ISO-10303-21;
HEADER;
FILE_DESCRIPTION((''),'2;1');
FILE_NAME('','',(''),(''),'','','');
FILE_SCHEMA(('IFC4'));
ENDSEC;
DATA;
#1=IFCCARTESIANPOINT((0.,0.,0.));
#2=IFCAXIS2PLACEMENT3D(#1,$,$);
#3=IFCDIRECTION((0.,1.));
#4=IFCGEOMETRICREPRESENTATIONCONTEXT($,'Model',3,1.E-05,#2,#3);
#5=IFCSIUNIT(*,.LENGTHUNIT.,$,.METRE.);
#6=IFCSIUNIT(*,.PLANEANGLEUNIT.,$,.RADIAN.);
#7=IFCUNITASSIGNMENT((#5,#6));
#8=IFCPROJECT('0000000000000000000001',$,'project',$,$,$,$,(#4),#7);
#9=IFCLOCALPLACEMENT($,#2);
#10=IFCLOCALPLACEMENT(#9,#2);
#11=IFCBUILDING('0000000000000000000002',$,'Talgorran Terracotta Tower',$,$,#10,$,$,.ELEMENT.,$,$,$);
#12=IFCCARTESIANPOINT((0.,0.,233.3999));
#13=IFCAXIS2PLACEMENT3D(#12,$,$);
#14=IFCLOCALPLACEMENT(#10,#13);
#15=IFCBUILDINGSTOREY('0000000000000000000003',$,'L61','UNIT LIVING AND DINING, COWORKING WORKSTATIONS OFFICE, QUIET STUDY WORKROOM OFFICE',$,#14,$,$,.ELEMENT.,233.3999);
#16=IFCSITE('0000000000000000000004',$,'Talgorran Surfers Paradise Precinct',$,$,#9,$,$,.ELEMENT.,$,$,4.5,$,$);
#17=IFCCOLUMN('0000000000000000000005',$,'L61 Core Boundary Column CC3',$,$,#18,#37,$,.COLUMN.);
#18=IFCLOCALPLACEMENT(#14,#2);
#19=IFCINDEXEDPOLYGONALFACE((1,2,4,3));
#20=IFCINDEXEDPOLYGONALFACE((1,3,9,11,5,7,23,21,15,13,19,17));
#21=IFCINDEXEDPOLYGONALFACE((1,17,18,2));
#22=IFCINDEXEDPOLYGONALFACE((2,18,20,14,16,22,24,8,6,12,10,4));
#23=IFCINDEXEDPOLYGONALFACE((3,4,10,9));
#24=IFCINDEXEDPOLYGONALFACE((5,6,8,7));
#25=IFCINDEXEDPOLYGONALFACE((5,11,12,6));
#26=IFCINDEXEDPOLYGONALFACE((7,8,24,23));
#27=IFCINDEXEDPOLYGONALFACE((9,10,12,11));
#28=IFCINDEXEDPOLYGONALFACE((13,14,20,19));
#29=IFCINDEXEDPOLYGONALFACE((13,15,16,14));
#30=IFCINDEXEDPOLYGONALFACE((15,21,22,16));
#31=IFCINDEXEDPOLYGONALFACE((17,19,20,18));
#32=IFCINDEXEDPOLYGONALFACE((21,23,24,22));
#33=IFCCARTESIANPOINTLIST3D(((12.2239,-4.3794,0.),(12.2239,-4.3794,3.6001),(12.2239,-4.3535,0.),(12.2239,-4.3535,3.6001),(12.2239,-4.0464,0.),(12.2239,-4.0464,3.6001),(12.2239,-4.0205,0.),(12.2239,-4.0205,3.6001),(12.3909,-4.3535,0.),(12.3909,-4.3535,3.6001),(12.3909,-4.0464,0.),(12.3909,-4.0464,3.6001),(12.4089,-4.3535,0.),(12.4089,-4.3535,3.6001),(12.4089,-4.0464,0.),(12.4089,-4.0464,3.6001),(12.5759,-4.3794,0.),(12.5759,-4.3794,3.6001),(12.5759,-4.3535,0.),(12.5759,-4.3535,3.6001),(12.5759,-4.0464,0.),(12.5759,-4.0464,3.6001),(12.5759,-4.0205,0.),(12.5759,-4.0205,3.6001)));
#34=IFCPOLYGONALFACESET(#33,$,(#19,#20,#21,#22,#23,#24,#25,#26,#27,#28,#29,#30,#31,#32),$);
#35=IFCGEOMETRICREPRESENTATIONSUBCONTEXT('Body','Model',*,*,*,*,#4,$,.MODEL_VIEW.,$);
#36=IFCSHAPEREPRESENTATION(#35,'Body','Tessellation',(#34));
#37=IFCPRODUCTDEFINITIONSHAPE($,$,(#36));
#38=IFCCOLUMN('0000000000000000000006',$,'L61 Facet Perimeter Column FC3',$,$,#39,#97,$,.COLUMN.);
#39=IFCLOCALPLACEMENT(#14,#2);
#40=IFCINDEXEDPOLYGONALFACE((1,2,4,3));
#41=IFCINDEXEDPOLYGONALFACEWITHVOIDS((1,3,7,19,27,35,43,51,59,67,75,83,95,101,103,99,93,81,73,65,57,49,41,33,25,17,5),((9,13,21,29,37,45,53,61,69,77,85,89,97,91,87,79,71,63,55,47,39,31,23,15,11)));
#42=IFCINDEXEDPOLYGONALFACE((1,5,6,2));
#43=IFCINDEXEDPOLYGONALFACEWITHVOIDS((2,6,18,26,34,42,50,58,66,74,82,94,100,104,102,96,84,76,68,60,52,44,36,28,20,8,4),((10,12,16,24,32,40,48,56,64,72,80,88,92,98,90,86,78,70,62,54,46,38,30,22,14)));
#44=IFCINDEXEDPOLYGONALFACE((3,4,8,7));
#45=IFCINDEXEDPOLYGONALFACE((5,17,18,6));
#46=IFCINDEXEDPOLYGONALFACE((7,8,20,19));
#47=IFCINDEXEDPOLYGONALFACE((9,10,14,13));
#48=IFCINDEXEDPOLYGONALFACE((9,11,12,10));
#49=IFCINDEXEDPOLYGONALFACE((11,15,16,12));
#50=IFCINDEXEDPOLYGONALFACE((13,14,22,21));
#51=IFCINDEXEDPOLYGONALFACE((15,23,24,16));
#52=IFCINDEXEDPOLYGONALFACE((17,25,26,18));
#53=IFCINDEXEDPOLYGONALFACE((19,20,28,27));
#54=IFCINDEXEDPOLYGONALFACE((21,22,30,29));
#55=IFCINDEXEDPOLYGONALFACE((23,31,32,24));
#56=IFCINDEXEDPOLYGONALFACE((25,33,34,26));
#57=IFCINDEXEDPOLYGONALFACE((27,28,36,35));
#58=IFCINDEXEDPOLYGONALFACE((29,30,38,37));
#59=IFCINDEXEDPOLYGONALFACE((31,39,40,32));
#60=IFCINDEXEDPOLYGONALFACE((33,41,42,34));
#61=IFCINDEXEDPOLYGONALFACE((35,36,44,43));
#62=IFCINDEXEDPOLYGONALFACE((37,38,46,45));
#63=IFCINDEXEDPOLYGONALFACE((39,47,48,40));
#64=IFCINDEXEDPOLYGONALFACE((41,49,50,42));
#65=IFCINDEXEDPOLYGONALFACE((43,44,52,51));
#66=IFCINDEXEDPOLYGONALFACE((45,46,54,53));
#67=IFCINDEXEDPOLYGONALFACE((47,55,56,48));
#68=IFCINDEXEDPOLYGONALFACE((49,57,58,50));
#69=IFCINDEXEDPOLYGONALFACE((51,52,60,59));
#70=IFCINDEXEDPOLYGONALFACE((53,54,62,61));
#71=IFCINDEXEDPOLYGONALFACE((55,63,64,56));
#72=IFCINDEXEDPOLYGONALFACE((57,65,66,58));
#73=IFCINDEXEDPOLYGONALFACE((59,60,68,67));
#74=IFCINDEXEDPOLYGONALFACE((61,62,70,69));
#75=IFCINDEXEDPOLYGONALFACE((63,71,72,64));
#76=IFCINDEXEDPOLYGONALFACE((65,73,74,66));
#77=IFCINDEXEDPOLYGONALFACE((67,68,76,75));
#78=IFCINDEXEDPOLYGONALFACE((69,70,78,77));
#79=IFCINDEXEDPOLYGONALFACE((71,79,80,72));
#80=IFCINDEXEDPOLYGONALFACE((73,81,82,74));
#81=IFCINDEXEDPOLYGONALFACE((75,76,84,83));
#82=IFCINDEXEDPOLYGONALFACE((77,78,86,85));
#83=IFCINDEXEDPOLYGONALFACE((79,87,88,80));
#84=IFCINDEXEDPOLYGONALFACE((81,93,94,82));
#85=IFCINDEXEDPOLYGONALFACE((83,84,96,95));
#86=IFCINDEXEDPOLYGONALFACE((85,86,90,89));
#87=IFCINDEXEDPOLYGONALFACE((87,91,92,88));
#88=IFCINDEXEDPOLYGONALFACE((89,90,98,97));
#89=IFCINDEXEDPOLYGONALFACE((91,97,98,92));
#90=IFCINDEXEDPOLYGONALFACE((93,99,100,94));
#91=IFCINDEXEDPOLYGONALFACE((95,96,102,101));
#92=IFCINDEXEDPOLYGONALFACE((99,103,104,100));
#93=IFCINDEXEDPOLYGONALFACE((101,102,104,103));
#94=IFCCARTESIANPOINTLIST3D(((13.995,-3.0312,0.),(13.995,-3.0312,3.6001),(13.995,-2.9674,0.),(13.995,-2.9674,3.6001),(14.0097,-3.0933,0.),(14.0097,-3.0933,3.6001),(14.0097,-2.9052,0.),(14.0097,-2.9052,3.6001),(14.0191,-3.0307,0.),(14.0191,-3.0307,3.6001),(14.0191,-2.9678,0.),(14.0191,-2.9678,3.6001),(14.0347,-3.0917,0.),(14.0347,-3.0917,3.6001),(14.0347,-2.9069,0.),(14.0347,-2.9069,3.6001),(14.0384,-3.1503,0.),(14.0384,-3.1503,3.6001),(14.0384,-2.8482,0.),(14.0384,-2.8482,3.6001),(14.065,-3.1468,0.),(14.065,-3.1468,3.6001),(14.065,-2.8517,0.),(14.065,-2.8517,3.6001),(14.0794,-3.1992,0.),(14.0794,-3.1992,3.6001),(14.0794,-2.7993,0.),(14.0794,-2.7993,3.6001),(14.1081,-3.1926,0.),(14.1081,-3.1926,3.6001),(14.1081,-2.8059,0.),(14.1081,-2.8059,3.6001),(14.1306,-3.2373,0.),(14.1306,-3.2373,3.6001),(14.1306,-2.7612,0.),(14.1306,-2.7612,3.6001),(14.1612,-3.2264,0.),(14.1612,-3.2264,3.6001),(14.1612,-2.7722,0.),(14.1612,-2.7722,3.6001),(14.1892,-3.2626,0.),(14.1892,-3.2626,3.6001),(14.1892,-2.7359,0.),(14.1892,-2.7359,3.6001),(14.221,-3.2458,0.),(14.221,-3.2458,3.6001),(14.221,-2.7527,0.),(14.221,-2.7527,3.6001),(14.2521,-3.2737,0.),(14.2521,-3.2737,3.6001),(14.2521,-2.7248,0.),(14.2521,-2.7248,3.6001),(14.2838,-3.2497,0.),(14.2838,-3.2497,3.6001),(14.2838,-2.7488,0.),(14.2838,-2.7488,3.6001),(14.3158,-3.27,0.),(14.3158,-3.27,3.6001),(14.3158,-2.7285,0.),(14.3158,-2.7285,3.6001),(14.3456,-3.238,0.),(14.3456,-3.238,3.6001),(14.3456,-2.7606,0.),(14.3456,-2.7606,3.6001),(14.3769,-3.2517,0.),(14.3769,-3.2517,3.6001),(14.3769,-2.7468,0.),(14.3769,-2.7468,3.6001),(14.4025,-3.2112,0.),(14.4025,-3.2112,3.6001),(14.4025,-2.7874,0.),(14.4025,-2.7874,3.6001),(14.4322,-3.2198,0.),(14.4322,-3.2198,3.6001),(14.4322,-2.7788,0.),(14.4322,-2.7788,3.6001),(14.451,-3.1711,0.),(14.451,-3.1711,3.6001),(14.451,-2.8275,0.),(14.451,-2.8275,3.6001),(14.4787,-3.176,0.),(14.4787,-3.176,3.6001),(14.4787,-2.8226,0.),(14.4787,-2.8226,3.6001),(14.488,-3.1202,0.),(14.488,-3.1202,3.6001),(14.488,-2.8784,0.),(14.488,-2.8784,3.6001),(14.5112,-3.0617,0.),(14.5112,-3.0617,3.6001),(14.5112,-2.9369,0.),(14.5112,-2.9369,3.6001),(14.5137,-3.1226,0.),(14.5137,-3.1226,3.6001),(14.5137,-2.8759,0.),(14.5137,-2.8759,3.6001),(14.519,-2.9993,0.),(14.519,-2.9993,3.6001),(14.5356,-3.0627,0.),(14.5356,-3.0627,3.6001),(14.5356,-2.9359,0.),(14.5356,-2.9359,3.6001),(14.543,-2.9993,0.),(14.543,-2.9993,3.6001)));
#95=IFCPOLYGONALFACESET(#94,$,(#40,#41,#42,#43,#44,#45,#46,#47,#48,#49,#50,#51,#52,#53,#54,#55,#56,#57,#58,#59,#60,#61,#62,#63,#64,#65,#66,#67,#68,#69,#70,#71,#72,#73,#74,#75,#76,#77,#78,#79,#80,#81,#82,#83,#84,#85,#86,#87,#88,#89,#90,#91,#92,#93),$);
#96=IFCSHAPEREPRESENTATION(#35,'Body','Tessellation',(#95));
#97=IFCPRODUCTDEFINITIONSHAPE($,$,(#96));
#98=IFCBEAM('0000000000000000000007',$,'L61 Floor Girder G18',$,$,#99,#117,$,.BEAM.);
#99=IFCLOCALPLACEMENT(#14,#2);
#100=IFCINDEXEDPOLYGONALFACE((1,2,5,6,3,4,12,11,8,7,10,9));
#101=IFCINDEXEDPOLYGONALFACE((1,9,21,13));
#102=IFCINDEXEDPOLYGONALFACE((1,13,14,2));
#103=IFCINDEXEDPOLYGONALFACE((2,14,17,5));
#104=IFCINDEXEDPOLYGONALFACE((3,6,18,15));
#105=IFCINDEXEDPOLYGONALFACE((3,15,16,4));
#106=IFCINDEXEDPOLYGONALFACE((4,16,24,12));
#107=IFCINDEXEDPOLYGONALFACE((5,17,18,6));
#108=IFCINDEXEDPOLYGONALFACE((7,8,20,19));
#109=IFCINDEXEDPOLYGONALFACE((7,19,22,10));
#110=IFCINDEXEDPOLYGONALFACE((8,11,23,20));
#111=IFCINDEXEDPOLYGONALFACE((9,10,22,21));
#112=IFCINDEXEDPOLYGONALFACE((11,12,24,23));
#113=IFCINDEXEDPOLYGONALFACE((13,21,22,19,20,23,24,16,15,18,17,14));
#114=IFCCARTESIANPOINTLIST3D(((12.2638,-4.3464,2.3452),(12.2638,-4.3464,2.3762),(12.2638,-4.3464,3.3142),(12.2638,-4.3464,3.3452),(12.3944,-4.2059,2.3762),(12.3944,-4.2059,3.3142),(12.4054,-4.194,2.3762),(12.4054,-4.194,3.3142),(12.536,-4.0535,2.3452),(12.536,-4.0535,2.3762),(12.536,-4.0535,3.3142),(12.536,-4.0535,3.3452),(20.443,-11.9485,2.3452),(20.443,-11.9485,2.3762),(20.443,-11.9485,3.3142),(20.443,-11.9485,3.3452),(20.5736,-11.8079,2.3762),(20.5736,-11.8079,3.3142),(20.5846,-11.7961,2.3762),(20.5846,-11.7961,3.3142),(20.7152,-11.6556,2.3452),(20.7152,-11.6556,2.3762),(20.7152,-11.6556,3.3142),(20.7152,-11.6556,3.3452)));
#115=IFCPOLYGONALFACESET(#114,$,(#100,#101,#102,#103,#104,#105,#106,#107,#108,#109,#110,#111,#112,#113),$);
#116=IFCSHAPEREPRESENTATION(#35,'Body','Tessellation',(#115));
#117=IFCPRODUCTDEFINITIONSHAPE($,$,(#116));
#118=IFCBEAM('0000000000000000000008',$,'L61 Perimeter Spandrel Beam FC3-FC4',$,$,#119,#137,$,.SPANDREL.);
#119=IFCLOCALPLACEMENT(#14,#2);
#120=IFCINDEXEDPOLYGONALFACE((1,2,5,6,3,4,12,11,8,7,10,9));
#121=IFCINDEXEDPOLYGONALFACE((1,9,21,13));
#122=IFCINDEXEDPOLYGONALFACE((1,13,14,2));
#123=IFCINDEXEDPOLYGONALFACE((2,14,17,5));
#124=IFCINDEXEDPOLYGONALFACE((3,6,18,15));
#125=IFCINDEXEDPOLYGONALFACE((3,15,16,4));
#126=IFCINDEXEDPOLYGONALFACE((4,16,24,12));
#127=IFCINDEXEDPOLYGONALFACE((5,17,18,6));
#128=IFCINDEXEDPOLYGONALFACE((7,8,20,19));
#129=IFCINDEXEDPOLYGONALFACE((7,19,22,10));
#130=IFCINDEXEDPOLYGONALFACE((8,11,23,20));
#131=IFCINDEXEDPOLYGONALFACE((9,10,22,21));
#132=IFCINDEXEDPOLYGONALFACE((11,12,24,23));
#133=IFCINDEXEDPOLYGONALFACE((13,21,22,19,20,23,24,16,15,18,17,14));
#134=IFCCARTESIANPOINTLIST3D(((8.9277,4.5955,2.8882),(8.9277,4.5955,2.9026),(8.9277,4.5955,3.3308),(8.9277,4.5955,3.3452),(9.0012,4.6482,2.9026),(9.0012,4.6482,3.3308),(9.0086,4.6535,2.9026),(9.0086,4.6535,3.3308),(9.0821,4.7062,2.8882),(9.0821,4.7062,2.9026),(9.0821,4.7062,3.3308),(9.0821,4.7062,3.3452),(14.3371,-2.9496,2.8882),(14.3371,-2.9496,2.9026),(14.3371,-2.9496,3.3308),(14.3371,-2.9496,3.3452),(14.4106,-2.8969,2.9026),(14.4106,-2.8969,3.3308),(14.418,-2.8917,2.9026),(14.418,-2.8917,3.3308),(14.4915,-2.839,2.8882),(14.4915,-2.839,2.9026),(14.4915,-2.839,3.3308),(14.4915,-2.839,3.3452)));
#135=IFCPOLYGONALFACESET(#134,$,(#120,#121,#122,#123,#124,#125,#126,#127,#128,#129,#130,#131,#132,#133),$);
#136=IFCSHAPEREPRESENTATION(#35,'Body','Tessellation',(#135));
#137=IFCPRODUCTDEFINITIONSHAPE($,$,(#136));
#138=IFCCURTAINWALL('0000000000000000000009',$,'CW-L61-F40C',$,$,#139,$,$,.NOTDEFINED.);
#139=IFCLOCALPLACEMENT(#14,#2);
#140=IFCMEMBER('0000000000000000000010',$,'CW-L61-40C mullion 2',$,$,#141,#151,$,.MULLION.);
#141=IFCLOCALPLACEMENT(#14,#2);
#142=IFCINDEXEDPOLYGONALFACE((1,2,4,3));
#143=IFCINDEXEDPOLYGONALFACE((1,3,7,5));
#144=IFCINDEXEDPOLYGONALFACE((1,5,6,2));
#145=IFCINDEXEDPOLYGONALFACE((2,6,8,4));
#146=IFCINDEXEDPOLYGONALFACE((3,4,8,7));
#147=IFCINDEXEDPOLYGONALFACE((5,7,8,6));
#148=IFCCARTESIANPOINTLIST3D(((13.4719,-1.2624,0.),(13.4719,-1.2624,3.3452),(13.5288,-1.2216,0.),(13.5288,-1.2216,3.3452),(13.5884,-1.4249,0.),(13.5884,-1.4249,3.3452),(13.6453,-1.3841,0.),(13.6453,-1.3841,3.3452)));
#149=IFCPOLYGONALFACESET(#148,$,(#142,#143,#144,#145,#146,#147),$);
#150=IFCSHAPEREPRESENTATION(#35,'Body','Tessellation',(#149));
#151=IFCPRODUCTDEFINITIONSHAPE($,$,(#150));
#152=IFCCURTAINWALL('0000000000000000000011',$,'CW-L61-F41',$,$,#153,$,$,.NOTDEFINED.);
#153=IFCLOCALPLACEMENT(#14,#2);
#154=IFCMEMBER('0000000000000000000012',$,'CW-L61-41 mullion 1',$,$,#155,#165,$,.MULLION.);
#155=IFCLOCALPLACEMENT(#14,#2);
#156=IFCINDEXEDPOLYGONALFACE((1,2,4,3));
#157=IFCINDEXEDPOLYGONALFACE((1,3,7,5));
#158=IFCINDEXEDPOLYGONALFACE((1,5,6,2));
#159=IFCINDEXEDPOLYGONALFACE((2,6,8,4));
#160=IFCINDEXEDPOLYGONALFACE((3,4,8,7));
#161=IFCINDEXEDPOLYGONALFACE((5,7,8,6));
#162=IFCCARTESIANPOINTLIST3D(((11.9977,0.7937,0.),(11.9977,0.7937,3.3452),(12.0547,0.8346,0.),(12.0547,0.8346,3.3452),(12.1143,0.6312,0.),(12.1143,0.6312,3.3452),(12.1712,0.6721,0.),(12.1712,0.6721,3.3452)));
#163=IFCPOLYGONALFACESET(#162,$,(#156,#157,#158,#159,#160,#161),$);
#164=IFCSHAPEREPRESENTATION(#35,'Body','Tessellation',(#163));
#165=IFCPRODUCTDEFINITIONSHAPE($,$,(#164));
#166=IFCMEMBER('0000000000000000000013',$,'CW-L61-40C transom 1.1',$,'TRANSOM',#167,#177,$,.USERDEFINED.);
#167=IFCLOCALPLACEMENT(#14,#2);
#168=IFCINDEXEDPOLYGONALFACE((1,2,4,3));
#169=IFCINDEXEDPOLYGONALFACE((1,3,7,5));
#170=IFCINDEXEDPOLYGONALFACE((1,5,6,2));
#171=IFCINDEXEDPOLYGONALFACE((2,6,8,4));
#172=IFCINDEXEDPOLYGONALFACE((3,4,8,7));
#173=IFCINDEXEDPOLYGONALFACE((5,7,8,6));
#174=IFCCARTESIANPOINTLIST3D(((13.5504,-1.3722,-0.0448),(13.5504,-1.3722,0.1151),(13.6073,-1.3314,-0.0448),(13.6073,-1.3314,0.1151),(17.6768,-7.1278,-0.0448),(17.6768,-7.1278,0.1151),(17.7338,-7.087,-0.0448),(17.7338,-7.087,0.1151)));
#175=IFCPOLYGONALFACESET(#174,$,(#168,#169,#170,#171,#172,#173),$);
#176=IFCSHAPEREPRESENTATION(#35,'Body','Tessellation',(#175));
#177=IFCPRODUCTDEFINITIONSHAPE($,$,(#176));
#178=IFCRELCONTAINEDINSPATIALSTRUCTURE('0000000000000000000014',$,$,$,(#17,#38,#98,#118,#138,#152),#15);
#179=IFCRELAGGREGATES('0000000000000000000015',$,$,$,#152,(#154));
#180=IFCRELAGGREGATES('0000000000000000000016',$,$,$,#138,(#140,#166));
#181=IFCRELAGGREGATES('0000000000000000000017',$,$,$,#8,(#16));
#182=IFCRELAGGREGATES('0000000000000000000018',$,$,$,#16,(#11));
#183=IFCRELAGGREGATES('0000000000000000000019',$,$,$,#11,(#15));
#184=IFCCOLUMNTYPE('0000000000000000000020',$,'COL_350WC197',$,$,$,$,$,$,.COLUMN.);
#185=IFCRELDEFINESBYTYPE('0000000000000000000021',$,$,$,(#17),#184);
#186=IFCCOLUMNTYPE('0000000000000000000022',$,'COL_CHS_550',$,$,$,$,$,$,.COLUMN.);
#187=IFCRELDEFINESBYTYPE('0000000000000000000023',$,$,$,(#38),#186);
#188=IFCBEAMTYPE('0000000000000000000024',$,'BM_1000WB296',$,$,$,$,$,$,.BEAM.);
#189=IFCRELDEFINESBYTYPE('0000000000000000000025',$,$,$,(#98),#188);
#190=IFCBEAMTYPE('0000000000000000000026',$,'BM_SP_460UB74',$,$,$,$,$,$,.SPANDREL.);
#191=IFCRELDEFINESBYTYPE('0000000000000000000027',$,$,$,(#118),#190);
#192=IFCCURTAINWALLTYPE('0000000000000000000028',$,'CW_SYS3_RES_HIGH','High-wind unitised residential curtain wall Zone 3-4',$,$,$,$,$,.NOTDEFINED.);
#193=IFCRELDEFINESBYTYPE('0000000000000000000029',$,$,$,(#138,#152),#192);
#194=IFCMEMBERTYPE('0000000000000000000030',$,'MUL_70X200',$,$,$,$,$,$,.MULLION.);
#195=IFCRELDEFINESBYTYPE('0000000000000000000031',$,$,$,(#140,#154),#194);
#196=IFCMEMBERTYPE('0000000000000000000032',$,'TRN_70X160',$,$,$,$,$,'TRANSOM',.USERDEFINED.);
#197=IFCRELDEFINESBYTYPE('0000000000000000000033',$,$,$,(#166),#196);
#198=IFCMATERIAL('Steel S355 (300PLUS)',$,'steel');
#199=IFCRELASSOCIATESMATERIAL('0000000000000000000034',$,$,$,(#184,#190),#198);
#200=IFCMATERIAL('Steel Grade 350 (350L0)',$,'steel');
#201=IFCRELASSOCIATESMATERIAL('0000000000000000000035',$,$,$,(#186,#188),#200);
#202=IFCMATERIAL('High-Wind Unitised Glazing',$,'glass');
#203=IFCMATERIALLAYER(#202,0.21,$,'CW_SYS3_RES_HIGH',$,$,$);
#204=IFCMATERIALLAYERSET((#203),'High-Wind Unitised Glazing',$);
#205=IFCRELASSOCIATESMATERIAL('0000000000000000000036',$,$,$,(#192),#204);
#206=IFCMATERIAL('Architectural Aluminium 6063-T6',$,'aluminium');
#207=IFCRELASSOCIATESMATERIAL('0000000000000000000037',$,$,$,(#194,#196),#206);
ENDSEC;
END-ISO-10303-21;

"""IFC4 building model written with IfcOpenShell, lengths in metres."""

from ifc_helpers import new_model, si_unit, direction, frame, origin, origin_2d, place, context, subcontext, project, spatial, rectangle, hollow_circle, i_section, extrude, material, layer, layer_set, material_profile, profile_set, type_object, element, aggregate, save


model = new_model("IFC4")

# Units and contexts
model_context = context("Model", 3, precision=1e-05, world=origin(), true_north=direction((0.0, 1.0)))
body_context = subcontext(model_context, "Body", "Model", "MODEL_VIEW")
ifc_project = project(units=[si_unit("LENGTHUNIT", "METRE"), si_unit("PLANEANGLEUNIT", "RADIAN")], contexts=[model_context])

# Site, building, storey
site_placement = place(None, origin())
site = spatial("IfcSite", under=ifc_project, at=site_placement, Name="Talgorran Surfers Paradise Precinct", CompositionType="ELEMENT", RefElevation=4.5)
building_placement = place(site_placement, origin())
building = spatial("IfcBuilding", under=site, at=building_placement, Name="Talgorran Terracotta Tower", CompositionType="ELEMENT")
storey_placement = place(building_placement, frame((0.0, 0.0, 233.3999)))
storey = spatial("IfcBuildingStorey", under=building, at=storey_placement, Name="L61", Description="UNIT LIVING AND DINING, COWORKING WORKSTATIONS OFFICE, QUIET STUDY WORKROOM OFFICE", CompositionType="ELEMENT", Elevation=233.3999)

# Columns
ifc_material_1 = material(Name="Steel S355 (300PLUS)", Category="steel")
ifc_material_profile_1 = material_profile(ifc_material_1, i_section(OverallWidth=0.3521, OverallDepth=0.3589, WebThickness=0.0181, FlangeThickness=0.0259, at=origin_2d()), Name="350WC197")
ifc_profile_set_1 = profile_set([ifc_material_profile_1], Name="Steel S355 (300PLUS)")
column_type_1 = type_object("IfcColumnType", Name="COL_350WC197", PredefinedType="COLUMN", material=ifc_profile_set_1)
column_1_placement = place(storey_placement, frame((12.3999, -4.2, 0.0), z_axis=(0.0, 0.0, 1.0), x_axis=(1.0, 0.0, 0.0)))
element("IfcColumn", 1, at=column_1_placement, inside=storey, type_object=column_type_1, Name="L61 Core Boundary Column CC3", PredefinedType="COLUMN", context=body_context, shape_type="SweptSolid", body=[
    extrude(i_section(OverallWidth=0.3521, OverallDepth=0.3589, WebThickness=0.0181, FlangeThickness=0.0259, at=origin_2d()), origin(), (0.0, 0.0, 1.0), 3.6001),
])
ifc_material_2 = material(Name="Steel Grade 350 (350L0)", Category="steel")
ifc_material_profile_2 = material_profile(ifc_material_2, hollow_circle(Radius=0.2749, WallThickness=0.0239, at=origin_2d()), Name="CHS550X24")
ifc_profile_set_2 = profile_set([ifc_material_profile_2], Name="Steel Grade 350 (350L0)")
column_type_2 = type_object("IfcColumnType", Name="COL_CHS_550", PredefinedType="COLUMN", material=ifc_profile_set_2)
column_2_placement = place(storey_placement, frame((14.2681, -2.9993, 0.0), z_axis=(0.0, 0.0, 1.0), x_axis=(1.0, 0.0, 0.0)))
element("IfcColumn", 2, at=column_2_placement, inside=storey, type_object=column_type_2, Name="L61 Facet Perimeter Column FC3", PredefinedType="COLUMN", context=body_context, shape_type="SweptSolid", body=[
    extrude(hollow_circle(Radius=0.2749, WallThickness=0.0239, at=origin_2d()), origin(), (0.0, 0.0, 1.0), 3.6001),
])

# Beams
ifc_material_profile_3 = material_profile(ifc_material_2, i_section(OverallWidth=0.3999, OverallDepth=1.0, WebThickness=0.0161, FlangeThickness=0.031, at=origin_2d()), Name="1000WB296")
ifc_profile_set_3 = profile_set([ifc_material_profile_3], Name="Steel Grade 350 (350L0)")
beam_type_1 = type_object("IfcBeamType", Name="BM_1000WB296", PredefinedType="BEAM", material=ifc_profile_set_3)
beam_1_placement = place(storey_placement, frame((12.3999, -4.2, 2.8452), z_axis=(0.732477, -0.680792, 0.0), x_axis=(0.680792, 0.732477, 0.0)))
element("IfcBeam", 3, at=beam_1_placement, inside=storey, type_object=beam_type_1, Name="L61 Floor Girder G18", PredefinedType="BEAM", context=body_context, shape_type="SweptSolid", body=[
    extrude(i_section(OverallWidth=0.3999, OverallDepth=1.0, WebThickness=0.0161, FlangeThickness=0.031, at=origin_2d()), origin(), (0.0, 0.0, 1.0), 11.1665),
])
ifc_material_profile_4 = material_profile(ifc_material_1, i_section(OverallWidth=0.1899, OverallDepth=0.457, WebThickness=0.009, FlangeThickness=0.0144, at=origin_2d()), Name="460UB74.6")
ifc_profile_set_4 = profile_set([ifc_material_profile_4], Name="Steel S355 (300PLUS)")
beam_type_2 = type_object("IfcBeamType", Name="BM_SP_460UB74", PredefinedType="SPANDREL", material=ifc_profile_set_4)
beam_2_placement = place(storey_placement, frame((14.4143, -2.8943, 3.1167), z_axis=(-0.582665, 0.812712, 0.0), x_axis=(-0.812712, -0.582665, 0.0)))
element("IfcBeam", 4, at=beam_2_placement, inside=storey, type_object=beam_type_2, Name="L61 Perimeter Spandrel Beam FC3-FC4", PredefinedType="SPANDREL", context=body_context, shape_type="SweptSolid", body=[
    extrude(i_section(OverallWidth=0.1899, OverallDepth=0.457, WebThickness=0.009, FlangeThickness=0.0144, at=origin_2d()), origin(), (0.0, 0.0, 1.0), 9.2839),
])

# Curtain walls, members
ifc_material_3 = material(Name="High-Wind Unitised Glazing", Category="glass")
ifc_layer_1 = layer(ifc_material_3, 0.21, Name="CW_SYS3_RES_HIGH")
ifc_layer_set_1 = layer_set([ifc_layer_1], Name="High-Wind Unitised Glazing")
curtain_wall_type = type_object("IfcCurtainWallType", Name="CW_SYS3_RES_HIGH", Description="High-wind unitised residential curtain wall Zone 3-4", PredefinedType="NOTDEFINED", material=ifc_layer_set_1)
curtain_wall_1_placement = place(storey_placement, origin())
curtain_wall_1 = element("IfcCurtainWall", 5, at=curtain_wall_1_placement, inside=storey, type_object=curtain_wall_type, Name="CW-L61-F40C", PredefinedType="NOTDEFINED")
ifc_material_4 = material(Name="Architectural Aluminium 6063-T6", Category="aluminium")
ifc_material_profile_5 = material_profile(ifc_material_4, rectangle(XDim=0.0701, YDim=0.2, at=origin_2d()), Name="CWM70X200")
ifc_profile_set_5 = profile_set([ifc_material_profile_5], Name="Architectural Aluminium 6063-T6")
member_type_1 = type_object("IfcMemberType", Name="MUL_70X200", PredefinedType="MULLION", material=ifc_profile_set_5)
member_1_placement = place(storey_placement, frame((13.5586, -1.3232, 0.0), z_axis=(0.0, 0.0, 1.0), x_axis=(-0.812712, -0.582665, 0.0)))
member_1 = element("IfcMember", 6, at=member_1_placement, type_object=member_type_1, Name="CW-L61-40C mullion 2", PredefinedType="MULLION", context=body_context, shape_type="SweptSolid", body=[
    extrude(rectangle(XDim=0.0701, YDim=0.2, at=origin_2d()), origin(), (0.0, 0.0, 1.0), 3.3452),
])
curtain_wall_2_placement = place(storey_placement, origin())
curtain_wall_2 = element("IfcCurtainWall", 7, at=curtain_wall_2_placement, inside=storey, type_object=curtain_wall_type, Name="CW-L61-F41", PredefinedType="NOTDEFINED")
member_2_placement = place(storey_placement, frame((12.0845, 0.7329, 0.0), z_axis=(0.0, 0.0, 1.0), x_axis=(-0.812713, -0.582665, 0.0)))
member_2 = element("IfcMember", 8, at=member_2_placement, type_object=member_type_1, Name="CW-L61-41 mullion 1", PredefinedType="MULLION", context=body_context, shape_type="SweptSolid", body=[
    extrude(rectangle(XDim=0.0701, YDim=0.2, at=origin_2d()), origin(), (0.0, 0.0, 1.0), 3.3452),
])

# Member
ifc_material_profile_6 = material_profile(ifc_material_4, rectangle(XDim=0.0701, YDim=0.1599, at=origin_2d()), Name="CWT70X160")
ifc_profile_set_6 = profile_set([ifc_material_profile_6], Name="Architectural Aluminium 6063-T6")
member_type_2 = type_object("IfcMemberType", Name="TRN_70X160", ElementType="TRANSOM", PredefinedType="USERDEFINED", material=ifc_profile_set_6)
member_3_placement = place(storey_placement, frame((17.7053, -7.1074, 0.0352), z_axis=(-0.582669, 0.81271, 0.0), x_axis=(-0.81271, -0.582669, 0.0)))
member_3 = element("IfcMember", 9, at=member_3_placement, type_object=member_type_2, Name="CW-L61-40C transom 1.1", ObjectType="TRANSOM", PredefinedType="USERDEFINED", context=body_context, shape_type="SweptSolid", body=[
    extrude(rectangle(XDim=0.0701, YDim=0.1599, at=origin_2d()), origin(), (0.0, 0.0, 1.0), 7.082),
])
aggregate(curtain_wall_2, [member_2])

aggregate(curtain_wall_1, [member_1, member_3])

save(model, "model.ifc")
